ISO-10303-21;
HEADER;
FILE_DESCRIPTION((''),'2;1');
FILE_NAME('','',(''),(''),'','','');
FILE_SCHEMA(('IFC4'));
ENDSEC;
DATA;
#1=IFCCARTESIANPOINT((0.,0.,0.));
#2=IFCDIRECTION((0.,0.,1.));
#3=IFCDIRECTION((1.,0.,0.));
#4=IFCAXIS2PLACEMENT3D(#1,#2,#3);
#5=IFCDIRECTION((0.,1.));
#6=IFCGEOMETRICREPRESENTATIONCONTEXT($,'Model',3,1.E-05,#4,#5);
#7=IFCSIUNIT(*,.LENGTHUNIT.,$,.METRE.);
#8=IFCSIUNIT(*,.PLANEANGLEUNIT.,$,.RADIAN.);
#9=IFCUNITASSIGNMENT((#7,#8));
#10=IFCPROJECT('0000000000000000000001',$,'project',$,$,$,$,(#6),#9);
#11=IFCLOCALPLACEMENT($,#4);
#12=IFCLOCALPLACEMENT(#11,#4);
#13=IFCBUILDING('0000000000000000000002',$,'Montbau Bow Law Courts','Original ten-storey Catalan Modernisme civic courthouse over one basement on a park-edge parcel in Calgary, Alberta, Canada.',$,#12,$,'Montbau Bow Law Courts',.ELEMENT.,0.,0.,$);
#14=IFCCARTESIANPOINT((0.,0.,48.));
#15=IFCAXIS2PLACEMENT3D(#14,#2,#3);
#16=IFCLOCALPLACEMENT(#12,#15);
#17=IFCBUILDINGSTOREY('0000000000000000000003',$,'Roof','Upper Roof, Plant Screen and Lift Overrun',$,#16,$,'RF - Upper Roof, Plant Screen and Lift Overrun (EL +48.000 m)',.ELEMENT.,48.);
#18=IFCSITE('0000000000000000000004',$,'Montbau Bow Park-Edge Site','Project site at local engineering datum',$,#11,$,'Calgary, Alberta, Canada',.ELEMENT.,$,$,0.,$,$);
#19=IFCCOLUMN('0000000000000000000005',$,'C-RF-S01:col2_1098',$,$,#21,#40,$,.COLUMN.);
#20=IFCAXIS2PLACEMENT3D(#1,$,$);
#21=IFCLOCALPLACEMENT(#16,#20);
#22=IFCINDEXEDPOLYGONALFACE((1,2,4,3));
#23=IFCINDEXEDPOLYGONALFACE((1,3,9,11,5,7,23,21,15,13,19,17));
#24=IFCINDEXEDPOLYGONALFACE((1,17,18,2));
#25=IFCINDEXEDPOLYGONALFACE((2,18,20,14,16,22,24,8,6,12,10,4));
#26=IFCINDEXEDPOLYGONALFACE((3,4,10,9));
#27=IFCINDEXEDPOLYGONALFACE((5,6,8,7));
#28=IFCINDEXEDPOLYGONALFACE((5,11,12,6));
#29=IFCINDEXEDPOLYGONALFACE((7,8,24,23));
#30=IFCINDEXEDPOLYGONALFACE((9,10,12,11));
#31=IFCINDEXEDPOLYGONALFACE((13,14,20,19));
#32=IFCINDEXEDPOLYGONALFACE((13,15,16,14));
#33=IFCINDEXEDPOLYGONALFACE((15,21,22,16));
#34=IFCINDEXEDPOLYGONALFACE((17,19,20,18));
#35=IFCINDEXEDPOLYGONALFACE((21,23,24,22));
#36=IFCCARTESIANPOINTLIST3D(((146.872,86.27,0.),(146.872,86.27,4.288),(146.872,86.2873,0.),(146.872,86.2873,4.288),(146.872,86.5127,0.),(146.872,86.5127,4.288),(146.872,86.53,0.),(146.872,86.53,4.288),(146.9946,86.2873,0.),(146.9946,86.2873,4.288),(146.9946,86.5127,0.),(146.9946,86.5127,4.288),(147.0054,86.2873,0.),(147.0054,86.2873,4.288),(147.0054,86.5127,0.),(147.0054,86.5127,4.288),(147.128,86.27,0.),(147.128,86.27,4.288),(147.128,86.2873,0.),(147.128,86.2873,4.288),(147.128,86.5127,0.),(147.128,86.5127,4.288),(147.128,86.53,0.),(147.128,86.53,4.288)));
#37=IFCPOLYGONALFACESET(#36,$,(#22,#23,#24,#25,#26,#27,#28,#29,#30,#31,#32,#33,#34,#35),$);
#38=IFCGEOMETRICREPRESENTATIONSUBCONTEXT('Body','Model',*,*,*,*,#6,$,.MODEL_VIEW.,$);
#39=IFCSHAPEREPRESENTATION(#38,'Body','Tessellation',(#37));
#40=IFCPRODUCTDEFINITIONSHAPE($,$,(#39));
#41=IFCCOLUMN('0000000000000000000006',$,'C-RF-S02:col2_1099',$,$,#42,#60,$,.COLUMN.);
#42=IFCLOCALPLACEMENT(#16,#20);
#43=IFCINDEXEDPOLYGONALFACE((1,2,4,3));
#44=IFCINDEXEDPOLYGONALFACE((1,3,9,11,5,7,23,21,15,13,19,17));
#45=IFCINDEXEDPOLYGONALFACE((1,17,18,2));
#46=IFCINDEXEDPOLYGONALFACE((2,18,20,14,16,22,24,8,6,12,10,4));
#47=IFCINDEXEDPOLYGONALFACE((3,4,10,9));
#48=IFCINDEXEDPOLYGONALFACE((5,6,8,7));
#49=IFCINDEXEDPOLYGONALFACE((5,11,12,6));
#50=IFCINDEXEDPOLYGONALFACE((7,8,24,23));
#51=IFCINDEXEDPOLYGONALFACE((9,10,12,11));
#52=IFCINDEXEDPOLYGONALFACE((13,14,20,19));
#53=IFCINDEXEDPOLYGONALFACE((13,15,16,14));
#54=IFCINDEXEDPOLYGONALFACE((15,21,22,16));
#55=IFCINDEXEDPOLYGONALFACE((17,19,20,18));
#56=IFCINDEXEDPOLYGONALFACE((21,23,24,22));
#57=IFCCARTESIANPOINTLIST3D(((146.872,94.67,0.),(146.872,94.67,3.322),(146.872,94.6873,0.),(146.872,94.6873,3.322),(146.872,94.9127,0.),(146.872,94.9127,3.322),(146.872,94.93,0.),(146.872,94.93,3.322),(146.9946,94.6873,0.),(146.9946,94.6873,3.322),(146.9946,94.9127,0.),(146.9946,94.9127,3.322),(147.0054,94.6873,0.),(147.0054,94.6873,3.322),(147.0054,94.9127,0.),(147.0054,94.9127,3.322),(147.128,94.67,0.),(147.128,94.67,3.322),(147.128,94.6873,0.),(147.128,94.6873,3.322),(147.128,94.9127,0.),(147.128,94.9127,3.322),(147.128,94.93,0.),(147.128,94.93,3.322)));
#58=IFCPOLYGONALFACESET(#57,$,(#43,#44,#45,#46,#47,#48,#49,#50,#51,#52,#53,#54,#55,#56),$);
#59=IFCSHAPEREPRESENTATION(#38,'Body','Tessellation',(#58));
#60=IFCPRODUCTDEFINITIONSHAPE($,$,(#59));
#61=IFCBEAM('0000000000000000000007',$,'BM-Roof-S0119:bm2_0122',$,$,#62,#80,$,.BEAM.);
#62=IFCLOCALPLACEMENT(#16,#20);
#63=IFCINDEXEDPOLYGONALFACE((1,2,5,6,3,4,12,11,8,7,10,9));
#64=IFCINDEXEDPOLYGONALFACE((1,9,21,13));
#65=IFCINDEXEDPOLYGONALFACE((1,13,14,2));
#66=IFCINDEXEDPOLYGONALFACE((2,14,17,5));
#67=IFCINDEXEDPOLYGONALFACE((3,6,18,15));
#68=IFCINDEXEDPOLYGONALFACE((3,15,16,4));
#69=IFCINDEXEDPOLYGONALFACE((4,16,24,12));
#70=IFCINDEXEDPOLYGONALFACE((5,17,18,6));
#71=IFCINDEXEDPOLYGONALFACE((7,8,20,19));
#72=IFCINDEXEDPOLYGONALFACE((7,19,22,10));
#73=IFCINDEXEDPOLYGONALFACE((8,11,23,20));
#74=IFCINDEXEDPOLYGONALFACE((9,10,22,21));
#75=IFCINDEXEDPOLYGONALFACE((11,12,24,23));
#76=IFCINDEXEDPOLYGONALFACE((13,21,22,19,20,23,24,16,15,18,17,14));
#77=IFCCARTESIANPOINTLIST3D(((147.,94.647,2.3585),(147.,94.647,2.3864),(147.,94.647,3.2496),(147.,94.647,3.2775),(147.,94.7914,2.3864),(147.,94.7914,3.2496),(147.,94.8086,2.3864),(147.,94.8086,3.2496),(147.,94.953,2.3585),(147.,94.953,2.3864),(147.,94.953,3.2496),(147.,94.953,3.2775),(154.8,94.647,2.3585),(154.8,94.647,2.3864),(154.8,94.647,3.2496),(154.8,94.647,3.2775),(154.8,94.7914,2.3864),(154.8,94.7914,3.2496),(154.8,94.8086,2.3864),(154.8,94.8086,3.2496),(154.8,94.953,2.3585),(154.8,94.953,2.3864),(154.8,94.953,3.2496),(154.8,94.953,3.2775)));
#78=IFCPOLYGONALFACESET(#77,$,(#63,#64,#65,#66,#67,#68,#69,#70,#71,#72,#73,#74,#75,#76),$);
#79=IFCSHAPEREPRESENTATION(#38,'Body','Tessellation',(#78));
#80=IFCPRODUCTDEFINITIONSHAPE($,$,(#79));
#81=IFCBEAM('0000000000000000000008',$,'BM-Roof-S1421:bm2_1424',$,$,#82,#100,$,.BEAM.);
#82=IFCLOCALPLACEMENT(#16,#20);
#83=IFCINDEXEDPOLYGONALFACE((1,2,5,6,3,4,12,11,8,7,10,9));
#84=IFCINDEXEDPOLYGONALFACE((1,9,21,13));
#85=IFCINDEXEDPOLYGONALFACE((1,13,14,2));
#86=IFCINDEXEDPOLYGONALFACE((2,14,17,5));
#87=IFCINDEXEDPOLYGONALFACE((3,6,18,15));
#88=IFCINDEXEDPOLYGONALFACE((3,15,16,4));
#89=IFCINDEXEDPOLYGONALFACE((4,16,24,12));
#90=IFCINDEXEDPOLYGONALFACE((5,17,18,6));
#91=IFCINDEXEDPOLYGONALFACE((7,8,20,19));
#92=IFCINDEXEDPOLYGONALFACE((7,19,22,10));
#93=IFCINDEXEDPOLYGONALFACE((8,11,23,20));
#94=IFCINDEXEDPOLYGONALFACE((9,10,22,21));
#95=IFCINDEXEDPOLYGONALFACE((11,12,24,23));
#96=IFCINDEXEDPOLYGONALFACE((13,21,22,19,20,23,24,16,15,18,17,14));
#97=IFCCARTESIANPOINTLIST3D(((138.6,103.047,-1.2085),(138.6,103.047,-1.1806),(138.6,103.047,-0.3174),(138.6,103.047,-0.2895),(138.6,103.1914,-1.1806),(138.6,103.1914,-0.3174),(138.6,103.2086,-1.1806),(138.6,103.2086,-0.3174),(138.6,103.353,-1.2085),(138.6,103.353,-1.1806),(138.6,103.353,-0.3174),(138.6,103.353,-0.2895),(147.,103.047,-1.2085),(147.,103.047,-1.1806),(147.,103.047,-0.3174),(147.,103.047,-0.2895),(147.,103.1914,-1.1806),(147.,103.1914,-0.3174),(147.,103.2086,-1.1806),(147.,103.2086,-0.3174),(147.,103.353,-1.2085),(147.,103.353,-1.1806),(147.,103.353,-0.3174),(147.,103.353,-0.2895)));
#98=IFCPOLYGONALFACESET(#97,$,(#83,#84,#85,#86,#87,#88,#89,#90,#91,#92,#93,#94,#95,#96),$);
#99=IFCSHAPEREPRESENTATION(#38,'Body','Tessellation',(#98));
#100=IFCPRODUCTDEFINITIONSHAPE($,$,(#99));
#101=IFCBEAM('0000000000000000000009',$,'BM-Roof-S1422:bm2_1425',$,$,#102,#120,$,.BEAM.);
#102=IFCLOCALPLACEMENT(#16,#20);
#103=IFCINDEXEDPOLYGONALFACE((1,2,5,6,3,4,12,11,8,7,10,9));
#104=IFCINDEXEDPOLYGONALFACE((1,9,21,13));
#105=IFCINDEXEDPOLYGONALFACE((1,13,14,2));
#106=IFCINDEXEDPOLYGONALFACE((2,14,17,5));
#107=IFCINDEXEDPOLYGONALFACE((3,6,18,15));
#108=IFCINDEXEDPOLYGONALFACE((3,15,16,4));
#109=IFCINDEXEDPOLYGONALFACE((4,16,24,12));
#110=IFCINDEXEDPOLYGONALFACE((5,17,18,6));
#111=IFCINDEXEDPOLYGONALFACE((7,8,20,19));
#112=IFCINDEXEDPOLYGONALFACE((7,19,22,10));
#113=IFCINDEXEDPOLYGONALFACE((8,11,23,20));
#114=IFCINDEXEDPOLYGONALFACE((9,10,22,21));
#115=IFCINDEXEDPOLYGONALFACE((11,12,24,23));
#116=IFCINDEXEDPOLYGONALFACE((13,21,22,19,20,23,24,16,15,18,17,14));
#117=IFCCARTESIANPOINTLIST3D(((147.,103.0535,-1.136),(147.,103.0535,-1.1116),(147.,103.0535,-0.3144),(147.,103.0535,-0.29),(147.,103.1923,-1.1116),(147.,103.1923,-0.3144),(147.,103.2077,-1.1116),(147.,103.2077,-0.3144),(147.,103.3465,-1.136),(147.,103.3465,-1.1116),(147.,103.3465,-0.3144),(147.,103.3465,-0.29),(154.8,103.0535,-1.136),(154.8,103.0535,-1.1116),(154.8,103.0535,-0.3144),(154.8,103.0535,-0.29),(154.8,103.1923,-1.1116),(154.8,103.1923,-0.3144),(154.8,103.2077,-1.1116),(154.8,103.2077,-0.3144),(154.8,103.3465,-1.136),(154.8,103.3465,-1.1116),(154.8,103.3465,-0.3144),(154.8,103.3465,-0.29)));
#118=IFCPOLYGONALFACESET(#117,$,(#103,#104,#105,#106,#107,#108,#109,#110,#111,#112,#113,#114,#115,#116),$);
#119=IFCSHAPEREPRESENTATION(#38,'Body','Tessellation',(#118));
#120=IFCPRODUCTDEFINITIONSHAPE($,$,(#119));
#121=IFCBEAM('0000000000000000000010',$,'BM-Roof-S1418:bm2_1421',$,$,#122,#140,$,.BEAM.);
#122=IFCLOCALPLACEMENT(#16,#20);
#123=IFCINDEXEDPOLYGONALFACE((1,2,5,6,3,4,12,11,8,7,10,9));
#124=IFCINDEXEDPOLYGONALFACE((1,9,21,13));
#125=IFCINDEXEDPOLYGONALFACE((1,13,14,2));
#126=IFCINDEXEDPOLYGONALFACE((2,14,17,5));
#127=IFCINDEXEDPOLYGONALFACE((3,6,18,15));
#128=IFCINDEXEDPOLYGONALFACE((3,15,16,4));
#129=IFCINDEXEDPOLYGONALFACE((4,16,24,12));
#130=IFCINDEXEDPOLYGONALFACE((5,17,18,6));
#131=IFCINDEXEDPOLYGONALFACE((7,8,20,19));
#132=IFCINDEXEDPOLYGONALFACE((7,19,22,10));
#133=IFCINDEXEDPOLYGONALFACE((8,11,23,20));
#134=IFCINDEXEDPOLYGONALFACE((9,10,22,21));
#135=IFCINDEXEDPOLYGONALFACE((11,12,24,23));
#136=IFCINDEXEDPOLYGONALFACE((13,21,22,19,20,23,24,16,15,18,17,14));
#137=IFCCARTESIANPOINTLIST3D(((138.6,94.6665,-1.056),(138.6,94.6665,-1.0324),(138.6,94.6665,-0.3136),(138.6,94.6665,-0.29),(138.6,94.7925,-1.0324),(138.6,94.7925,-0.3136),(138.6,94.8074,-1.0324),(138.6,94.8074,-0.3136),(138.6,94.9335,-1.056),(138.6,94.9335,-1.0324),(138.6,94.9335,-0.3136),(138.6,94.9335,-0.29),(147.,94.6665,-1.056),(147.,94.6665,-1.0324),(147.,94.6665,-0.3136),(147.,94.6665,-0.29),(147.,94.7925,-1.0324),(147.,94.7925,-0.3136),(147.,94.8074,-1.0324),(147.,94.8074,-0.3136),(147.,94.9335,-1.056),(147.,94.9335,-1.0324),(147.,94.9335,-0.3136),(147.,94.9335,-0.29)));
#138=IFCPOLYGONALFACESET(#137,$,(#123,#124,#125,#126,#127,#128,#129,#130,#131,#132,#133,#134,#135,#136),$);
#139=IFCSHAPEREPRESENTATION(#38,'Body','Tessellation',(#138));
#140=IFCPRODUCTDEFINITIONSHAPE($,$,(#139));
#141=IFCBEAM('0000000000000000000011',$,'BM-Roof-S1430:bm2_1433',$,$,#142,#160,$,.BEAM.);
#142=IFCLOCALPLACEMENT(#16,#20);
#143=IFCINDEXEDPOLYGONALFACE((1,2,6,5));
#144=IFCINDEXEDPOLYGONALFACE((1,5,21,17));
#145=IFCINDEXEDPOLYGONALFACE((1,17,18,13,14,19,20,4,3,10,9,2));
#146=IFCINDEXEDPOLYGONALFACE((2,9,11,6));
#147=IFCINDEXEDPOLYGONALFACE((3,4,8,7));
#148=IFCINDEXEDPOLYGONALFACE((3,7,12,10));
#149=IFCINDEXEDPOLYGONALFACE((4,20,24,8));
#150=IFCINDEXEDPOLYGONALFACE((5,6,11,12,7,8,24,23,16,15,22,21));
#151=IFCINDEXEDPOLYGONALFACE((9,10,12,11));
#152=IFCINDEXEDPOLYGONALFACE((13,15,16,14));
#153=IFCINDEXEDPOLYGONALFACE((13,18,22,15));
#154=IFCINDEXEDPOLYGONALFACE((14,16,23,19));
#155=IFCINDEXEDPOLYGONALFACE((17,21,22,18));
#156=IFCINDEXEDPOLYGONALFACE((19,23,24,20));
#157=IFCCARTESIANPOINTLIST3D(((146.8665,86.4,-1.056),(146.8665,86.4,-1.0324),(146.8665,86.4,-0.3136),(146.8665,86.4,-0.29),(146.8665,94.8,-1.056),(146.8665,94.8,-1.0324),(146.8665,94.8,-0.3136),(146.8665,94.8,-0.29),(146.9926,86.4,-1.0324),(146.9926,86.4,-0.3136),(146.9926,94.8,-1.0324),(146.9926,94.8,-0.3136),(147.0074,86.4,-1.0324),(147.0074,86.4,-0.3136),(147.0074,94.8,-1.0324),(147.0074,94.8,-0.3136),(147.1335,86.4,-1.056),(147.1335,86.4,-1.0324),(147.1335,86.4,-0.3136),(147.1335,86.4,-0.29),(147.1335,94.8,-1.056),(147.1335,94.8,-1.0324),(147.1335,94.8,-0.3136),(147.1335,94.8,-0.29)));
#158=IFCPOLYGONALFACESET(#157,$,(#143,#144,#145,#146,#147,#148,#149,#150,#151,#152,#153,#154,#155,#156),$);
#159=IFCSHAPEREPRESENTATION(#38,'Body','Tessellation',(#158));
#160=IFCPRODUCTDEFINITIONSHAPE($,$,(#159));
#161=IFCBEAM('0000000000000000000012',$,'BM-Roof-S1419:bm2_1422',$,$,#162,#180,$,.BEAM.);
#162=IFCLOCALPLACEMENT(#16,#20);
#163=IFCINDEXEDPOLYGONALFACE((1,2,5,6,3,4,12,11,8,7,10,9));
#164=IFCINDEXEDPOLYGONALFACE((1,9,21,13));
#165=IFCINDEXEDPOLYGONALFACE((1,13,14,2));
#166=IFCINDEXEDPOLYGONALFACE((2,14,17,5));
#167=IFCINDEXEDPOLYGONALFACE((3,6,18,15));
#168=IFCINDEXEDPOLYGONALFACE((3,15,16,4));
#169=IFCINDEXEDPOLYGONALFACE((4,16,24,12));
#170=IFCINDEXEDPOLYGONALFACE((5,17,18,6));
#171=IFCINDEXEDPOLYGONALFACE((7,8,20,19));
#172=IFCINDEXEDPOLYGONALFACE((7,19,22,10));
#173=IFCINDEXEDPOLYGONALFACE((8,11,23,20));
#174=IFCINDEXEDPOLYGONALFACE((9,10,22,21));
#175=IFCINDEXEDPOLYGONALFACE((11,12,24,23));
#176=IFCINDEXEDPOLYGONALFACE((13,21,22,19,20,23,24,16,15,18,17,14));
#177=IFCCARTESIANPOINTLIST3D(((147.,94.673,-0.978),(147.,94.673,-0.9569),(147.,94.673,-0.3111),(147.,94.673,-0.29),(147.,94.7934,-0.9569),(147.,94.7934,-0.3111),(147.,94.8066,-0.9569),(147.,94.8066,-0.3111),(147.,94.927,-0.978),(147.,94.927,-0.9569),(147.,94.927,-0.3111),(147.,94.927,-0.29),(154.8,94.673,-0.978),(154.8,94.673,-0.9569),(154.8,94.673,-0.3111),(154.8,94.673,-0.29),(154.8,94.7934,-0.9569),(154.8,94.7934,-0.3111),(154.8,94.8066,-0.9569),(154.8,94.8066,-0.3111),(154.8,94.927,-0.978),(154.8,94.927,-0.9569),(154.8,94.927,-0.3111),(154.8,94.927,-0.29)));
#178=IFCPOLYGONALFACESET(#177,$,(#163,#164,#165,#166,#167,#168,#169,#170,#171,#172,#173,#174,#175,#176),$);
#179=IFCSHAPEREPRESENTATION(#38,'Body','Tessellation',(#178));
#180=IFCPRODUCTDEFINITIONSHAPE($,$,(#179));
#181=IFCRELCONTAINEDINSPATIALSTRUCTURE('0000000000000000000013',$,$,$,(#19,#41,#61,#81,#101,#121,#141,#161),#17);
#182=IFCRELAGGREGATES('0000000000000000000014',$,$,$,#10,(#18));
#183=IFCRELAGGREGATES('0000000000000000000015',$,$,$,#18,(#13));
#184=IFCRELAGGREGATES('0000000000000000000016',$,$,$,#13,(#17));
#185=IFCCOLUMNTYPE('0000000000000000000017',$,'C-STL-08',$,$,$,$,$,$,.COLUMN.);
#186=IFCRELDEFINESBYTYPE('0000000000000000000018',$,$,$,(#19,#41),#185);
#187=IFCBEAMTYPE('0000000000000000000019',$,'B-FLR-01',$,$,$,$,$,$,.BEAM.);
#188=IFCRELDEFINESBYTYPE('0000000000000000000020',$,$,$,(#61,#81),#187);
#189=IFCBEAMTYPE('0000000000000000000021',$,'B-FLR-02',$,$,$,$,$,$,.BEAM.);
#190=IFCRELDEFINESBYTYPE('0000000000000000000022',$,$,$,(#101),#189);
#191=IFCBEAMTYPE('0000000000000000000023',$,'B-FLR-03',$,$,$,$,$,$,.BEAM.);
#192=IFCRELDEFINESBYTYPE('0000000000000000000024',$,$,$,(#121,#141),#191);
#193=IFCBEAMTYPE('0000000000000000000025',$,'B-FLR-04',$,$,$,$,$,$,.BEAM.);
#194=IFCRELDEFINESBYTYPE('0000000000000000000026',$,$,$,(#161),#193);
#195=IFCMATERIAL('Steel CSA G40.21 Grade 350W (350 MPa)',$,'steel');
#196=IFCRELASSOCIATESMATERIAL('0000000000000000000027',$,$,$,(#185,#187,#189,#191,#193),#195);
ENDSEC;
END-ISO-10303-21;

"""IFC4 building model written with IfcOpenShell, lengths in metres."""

from ifc_helpers import new_model, si_unit, direction, frame, origin_with_axes, origin_2d_with_axis, place, context, subcontext, project, spatial, i_section, extrude, material, material_profile, profile_set, type_object, element, save


model = new_model("IFC4")

# Units and contexts
model_context = context("Model", 3, precision=1e-05, world=origin_with_axes(), true_north=direction((0.0, 1.0)))
body_context = subcontext(model_context, "Body", "Model", "MODEL_VIEW")
ifc_project = project(units=[si_unit("LENGTHUNIT", "METRE"), si_unit("PLANEANGLEUNIT", "RADIAN")], contexts=[model_context])

# Site, building, storey
site_placement = place(None, origin_with_axes())
site = spatial("IfcSite", under=ifc_project, at=site_placement, Name="Montbau Bow Park-Edge Site", Description="Project site at local engineering datum", LongName="Calgary, Alberta, Canada", CompositionType="ELEMENT", RefElevation=0.0)
building_placement = place(site_placement, origin_with_axes())
building = spatial("IfcBuilding", under=site, at=building_placement, Name="Montbau Bow Law Courts", Description="Original ten-storey Catalan Modernisme civic courthouse over one basement on a park-edge parcel in Calgary, Alberta, Canada.", LongName="Montbau Bow Law Courts", CompositionType="ELEMENT", ElevationOfRefHeight=0.0, ElevationOfTerrain=0.0)
storey_placement = place(building_placement, frame((0.0, 0.0, 48.0), z_axis=(0.0, 0.0, 1.0), x_axis=(1.0, 0.0, 0.0)))
storey = spatial("IfcBuildingStorey", under=building, at=storey_placement, Name="Roof", Description="Upper Roof, Plant Screen and Lift Overrun", LongName="RF - Upper Roof, Plant Screen and Lift Overrun (EL +48.000 m)", CompositionType="ELEMENT", Elevation=48.0)

# Columns
ifc_material_1 = material(Name="Steel CSA G40.21 Grade 350W (350 MPa)", Category="steel")
ifc_material_profile_1 = material_profile(ifc_material_1, i_section(OverallWidth=0.256, OverallDepth=0.26, WebThickness=0.0107, FlangeThickness=0.0173, at=origin_2d_with_axis()), Name="W250X89", Category="Main", Priority=0)
ifc_profile_set_1 = profile_set([ifc_material_profile_1], Name="Steel CSA G40.21 Grade 350W (350 MPa)")
column_type = type_object("IfcColumnType", Name="C-STL-08", PredefinedType="COLUMN", material=ifc_profile_set_1)
column_1_placement = place(None, frame((147.0, 86.4, 48.0), z_axis=(0.0, 0.0, 1.0), x_axis=(1.0, 0.0, 0.0)))
element("IfcColumn", 1, at=column_1_placement, inside=storey, type_object=column_type, Name="C-RF-S01:col2_1098", PredefinedType="COLUMN", context=body_context, shape_type="SweptSolid", body=[
    extrude(i_section(OverallWidth=0.256, OverallDepth=0.26, WebThickness=0.0107, FlangeThickness=0.0173, at=origin_2d_with_axis()), origin_with_axes(), (0.0, 0.0, 1.0), 4.288),
])
column_2_placement = place(None, frame((147.0, 94.8, 48.0), z_axis=(0.0, 0.0, 1.0), x_axis=(1.0, 0.0, 0.0)))
element("IfcColumn", 2, at=column_2_placement, inside=storey, type_object=column_type, Name="C-RF-S02:col2_1099", PredefinedType="COLUMN", context=body_context, shape_type="SweptSolid", body=[
    extrude(i_section(OverallWidth=0.256, OverallDepth=0.26, WebThickness=0.0107, FlangeThickness=0.0173, at=origin_2d_with_axis()), origin_with_axes(), (0.0, 0.0, 1.0), 3.322),
])

# Beams
ifc_material_profile_2 = material_profile(ifc_material_1, i_section(OverallWidth=0.306, OverallDepth=0.919, WebThickness=0.0173, FlangeThickness=0.0279, at=origin_2d_with_axis()), Name="W920X253", Category="Main", Priority=0)
ifc_profile_set_2 = profile_set([ifc_material_profile_2], Name="Steel CSA G40.21 Grade 350W (350 MPa)")
beam_type_1 = type_object("IfcBeamType", Name="B-FLR-01", PredefinedType="BEAM", material=ifc_profile_set_2)
beam_1_placement = place(None, frame((147.0, 94.8, 50.818), z_axis=(1.0, 0.0, 0.0), x_axis=(0.0, 1.0, 0.0)))
element("IfcBeam", 3, at=beam_1_placement, inside=storey, type_object=beam_type_1, Name="BM-Roof-S0119:bm2_0122", PredefinedType="BEAM", context=body_context, shape_type="SweptSolid", body=[
    extrude(i_section(OverallWidth=0.306, OverallDepth=0.919, WebThickness=0.0173, FlangeThickness=0.0279, at=origin_2d_with_axis()), origin_with_axes(), (0.0, 0.0, 1.0), 7.8),
])
beam_2_placement = place(None, frame((138.6, 103.2, 47.251), z_axis=(1.0, 0.0, 0.0), x_axis=(0.0, 1.0, 0.0)))
element("IfcBeam", 4, at=beam_2_placement, inside=storey, type_object=beam_type_1, Name="BM-Roof-S1421:bm2_1424", PredefinedType="BEAM", context=body_context, shape_type="SweptSolid", body=[
    extrude(i_section(OverallWidth=0.306, OverallDepth=0.919, WebThickness=0.0173, FlangeThickness=0.0279, at=origin_2d_with_axis()), origin_with_axes(), (0.0, 0.0, 1.0), 8.4),
])
ifc_material_profile_3 = material_profile(ifc_material_1, i_section(OverallWidth=0.293, OverallDepth=0.846, WebThickness=0.0154, FlangeThickness=0.0244, at=origin_2d_with_axis()), Name="W840X210", Category="Main", Priority=0)
ifc_profile_set_3 = profile_set([ifc_material_profile_3], Name="Steel CSA G40.21 Grade 350W (350 MPa)")
beam_type_2 = type_object("IfcBeamType", Name="B-FLR-02", PredefinedType="BEAM", material=ifc_profile_set_3)
beam_3_placement = place(None, frame((147.0, 103.2, 47.287), z_axis=(1.0, 0.0, 0.0), x_axis=(0.0, 1.0, 0.0)))
element("IfcBeam", 5, at=beam_3_placement, inside=storey, type_object=beam_type_2, Name="BM-Roof-S1422:bm2_1425", PredefinedType="BEAM", context=body_context, shape_type="SweptSolid", body=[
    extrude(i_section(OverallWidth=0.293, OverallDepth=0.846, WebThickness=0.0154, FlangeThickness=0.0244, at=origin_2d_with_axis()), origin_with_axes(), (0.0, 0.0, 1.0), 7.8),
])
ifc_material_profile_4 = material_profile(ifc_material_1, i_section(OverallWidth=0.267, OverallDepth=0.766, WebThickness=0.0149, FlangeThickness=0.0236, at=origin_2d_with_axis()), Name="W760X185", Category="Main", Priority=0)
ifc_profile_set_4 = profile_set([ifc_material_profile_4], Name="Steel CSA G40.21 Grade 350W (350 MPa)")
beam_type_3 = type_object("IfcBeamType", Name="B-FLR-03", PredefinedType="BEAM", material=ifc_profile_set_4)
for number, where, z_axis, x_axis, name in (
    (6, (138.6, 94.8, 47.327), (1.0, 0.0, 0.0), (0.0, 1.0, 0.0), "BM-Roof-S1418:bm2_1421"),
    (7, (147.0, 86.4, 47.327), (0.0, 1.0, 0.0), (-1.0, 0.0, 0.0), "BM-Roof-S1430:bm2_1433"),
):
    element("IfcBeam", number, at=place(None, frame(where, z_axis=z_axis, x_axis=x_axis)), inside=storey, type_object=beam_type_3, Name=name, PredefinedType="BEAM", context=body_context, shape_type="SweptSolid", body=[
        extrude(i_section(OverallWidth=0.267, OverallDepth=0.766, WebThickness=0.0149, FlangeThickness=0.0236, at=origin_2d_with_axis()), origin_with_axes(), (0.0, 0.0, 1.0), 8.4),
    ])
ifc_material_profile_5 = material_profile(ifc_material_1, i_section(OverallWidth=0.254, OverallDepth=0.688, WebThickness=0.0131, FlangeThickness=0.0211, at=origin_2d_with_axis()), Name="W690X152", Category="Main", Priority=0)
ifc_profile_set_5 = profile_set([ifc_material_profile_5], Name="Steel CSA G40.21 Grade 350W (350 MPa)")
beam_type_4 = type_object("IfcBeamType", Name="B-FLR-04", PredefinedType="BEAM", material=ifc_profile_set_5)
beam_4_placement = place(None, frame((147.0, 94.8, 47.366), z_axis=(1.0, 0.0, 0.0), x_axis=(0.0, 1.0, 0.0)))
element("IfcBeam", 8, at=beam_4_placement, inside=storey, type_object=beam_type_4, Name="BM-Roof-S1419:bm2_1422", PredefinedType="BEAM", context=body_context, shape_type="SweptSolid", body=[
    extrude(i_section(OverallWidth=0.254, OverallDepth=0.688, WebThickness=0.0131, FlangeThickness=0.0211, at=origin_2d_with_axis()), origin_with_axes(), (0.0, 0.0, 1.0), 7.8),
])

save(model, "model.ifc")
